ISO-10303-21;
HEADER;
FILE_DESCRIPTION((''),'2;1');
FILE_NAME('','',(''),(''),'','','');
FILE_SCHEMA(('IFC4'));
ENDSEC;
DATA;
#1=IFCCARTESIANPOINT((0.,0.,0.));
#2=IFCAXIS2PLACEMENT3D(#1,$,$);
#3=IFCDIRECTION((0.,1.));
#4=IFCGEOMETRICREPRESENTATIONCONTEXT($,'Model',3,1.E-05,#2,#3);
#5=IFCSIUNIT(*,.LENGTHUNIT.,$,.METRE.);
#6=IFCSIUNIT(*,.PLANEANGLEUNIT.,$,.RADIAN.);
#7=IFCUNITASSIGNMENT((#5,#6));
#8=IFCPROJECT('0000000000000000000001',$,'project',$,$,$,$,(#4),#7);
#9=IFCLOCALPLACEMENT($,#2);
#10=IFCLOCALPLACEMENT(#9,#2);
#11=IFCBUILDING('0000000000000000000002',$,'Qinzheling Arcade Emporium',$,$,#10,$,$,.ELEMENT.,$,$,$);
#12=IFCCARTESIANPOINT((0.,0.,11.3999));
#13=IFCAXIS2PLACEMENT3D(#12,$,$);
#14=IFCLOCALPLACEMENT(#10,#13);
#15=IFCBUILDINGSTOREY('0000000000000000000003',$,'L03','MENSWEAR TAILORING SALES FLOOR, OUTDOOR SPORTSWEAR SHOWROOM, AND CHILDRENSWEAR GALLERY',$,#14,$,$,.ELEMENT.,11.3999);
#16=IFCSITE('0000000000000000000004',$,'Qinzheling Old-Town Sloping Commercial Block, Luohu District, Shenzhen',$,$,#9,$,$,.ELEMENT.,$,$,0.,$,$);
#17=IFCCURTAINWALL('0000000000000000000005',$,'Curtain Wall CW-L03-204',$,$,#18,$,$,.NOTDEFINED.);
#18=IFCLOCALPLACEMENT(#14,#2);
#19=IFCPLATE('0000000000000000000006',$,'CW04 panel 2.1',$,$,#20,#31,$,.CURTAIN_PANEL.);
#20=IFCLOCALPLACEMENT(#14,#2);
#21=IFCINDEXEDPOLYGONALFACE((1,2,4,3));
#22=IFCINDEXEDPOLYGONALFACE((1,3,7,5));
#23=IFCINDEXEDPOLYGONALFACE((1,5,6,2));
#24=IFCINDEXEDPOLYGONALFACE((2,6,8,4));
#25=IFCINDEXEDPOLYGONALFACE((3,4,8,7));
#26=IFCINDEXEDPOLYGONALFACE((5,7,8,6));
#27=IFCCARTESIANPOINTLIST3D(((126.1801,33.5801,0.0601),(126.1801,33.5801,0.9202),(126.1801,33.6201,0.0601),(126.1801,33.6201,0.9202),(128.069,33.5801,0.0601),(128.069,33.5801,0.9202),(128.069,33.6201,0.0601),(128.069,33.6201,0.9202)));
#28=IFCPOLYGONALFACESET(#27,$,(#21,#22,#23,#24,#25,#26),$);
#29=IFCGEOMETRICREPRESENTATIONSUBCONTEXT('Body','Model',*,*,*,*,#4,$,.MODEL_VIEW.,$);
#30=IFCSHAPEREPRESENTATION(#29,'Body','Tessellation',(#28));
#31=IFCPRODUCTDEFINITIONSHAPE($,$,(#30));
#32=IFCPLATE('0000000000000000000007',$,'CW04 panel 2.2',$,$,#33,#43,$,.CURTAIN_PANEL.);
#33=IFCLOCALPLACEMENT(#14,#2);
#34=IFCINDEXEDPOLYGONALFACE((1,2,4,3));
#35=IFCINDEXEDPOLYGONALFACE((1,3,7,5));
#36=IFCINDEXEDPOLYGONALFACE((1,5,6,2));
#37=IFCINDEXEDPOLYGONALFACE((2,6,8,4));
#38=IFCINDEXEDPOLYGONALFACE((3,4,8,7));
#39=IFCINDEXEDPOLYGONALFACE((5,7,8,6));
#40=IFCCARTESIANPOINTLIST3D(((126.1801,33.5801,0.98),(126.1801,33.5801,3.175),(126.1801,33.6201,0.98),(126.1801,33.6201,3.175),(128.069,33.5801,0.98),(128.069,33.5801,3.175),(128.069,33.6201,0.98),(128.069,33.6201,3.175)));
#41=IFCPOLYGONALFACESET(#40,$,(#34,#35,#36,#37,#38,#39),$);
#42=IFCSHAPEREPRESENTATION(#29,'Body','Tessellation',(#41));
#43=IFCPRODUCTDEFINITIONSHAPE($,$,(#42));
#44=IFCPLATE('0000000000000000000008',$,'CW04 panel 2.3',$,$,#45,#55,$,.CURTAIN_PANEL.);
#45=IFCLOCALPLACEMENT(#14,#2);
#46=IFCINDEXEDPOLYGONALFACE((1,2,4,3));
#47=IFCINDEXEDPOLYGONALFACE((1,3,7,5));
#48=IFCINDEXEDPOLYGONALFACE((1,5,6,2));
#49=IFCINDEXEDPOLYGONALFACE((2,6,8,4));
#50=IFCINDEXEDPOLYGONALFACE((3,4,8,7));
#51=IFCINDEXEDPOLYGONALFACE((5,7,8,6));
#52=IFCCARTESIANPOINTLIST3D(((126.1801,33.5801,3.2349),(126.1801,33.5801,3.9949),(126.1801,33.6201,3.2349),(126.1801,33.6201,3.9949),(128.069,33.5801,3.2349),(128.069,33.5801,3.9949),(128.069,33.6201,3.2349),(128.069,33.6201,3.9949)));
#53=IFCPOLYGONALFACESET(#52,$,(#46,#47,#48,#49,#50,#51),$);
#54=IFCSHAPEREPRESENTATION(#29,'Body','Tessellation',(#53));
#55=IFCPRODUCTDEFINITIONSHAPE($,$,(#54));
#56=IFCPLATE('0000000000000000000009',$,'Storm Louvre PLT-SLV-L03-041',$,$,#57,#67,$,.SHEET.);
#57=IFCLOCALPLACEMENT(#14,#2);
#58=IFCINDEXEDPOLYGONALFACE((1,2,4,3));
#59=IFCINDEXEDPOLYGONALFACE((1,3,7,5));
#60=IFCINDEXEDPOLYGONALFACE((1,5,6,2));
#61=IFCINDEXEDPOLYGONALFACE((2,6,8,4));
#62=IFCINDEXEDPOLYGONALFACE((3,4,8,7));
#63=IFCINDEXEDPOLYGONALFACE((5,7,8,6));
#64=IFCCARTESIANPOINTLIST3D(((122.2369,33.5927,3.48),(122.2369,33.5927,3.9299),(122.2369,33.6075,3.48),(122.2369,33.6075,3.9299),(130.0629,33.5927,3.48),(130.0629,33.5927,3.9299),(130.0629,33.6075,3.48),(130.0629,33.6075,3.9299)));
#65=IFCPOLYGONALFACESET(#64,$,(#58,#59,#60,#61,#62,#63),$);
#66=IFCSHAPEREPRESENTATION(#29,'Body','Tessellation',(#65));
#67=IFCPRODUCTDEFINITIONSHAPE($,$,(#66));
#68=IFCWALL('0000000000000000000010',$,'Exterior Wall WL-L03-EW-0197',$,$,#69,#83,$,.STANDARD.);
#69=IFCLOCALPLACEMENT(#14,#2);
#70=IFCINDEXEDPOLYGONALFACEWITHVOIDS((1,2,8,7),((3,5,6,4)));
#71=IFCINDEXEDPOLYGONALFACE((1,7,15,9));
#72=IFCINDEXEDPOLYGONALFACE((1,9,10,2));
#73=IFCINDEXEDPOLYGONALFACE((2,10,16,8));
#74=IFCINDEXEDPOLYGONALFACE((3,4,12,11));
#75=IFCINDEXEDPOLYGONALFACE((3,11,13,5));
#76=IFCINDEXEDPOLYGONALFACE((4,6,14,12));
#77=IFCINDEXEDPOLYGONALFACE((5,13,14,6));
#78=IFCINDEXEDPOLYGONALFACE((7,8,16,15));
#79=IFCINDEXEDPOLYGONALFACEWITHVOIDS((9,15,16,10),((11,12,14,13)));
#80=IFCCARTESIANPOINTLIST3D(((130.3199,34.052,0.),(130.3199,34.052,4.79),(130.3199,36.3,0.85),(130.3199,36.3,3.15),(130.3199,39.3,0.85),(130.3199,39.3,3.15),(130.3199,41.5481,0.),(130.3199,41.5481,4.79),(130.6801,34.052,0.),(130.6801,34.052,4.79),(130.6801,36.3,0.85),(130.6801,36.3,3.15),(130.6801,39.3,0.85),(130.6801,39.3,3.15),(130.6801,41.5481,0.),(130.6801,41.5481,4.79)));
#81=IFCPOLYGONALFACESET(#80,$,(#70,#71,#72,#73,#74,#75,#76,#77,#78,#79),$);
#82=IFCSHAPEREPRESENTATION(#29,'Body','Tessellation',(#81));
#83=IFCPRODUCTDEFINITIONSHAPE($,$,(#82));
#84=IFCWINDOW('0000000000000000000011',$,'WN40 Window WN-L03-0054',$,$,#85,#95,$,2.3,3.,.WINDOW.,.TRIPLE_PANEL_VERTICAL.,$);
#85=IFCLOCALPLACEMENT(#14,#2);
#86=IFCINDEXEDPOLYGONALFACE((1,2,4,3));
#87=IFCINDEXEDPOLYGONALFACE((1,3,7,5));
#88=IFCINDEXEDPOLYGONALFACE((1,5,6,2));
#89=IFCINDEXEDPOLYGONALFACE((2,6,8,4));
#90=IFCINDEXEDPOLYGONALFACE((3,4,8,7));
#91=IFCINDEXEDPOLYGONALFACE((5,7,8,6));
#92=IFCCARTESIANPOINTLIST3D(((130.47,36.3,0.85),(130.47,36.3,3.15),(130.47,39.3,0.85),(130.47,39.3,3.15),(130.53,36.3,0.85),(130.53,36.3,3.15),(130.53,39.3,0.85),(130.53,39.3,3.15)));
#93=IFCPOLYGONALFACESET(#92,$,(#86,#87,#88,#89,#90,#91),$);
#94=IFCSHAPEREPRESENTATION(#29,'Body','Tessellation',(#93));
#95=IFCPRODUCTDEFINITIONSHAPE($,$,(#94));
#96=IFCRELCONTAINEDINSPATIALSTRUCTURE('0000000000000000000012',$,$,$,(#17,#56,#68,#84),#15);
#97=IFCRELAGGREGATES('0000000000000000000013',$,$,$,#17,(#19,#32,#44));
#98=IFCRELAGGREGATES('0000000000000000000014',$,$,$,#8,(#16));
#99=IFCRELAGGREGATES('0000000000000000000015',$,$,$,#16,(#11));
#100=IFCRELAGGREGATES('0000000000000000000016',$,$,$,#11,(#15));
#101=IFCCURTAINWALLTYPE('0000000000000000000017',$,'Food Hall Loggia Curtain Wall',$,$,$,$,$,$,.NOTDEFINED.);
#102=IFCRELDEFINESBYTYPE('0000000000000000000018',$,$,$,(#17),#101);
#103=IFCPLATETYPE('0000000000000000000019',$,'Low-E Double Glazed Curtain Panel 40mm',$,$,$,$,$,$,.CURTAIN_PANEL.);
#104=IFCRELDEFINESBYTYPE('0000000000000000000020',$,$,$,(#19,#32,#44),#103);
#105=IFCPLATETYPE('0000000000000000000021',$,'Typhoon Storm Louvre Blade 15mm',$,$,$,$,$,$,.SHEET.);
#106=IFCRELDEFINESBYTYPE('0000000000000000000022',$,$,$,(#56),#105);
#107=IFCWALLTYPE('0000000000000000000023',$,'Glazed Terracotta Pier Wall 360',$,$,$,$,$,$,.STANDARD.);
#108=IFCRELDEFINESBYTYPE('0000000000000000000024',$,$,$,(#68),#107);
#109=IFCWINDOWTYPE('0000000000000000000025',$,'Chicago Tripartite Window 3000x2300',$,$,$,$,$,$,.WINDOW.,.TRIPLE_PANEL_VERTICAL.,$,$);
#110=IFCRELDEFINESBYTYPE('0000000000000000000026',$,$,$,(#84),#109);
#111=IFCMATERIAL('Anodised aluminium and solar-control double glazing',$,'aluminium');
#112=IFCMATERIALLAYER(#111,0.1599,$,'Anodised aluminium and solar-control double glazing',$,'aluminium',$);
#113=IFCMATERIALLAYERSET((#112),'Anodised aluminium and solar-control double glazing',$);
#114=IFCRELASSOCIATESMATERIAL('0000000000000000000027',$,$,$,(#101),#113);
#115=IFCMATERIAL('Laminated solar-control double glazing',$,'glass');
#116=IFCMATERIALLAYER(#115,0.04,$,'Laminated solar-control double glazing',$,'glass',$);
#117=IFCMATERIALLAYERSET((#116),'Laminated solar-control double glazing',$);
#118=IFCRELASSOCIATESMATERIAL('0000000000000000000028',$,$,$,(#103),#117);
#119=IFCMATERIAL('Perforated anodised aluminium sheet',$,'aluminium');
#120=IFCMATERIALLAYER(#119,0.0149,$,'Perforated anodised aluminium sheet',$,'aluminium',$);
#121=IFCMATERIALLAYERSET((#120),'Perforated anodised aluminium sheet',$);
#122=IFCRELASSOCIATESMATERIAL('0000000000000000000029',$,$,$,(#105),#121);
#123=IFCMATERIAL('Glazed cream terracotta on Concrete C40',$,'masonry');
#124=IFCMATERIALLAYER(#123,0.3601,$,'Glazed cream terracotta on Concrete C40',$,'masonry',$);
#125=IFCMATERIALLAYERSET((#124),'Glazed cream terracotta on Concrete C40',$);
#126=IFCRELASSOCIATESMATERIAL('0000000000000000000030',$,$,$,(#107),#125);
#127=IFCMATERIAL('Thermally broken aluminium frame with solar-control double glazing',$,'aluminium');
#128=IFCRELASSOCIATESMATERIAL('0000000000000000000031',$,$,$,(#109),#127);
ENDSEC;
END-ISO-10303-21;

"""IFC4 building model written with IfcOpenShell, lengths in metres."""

from ifc_helpers import new_model, si_unit, direction, frame, frame_2d, origin, origin_2d, place, context, subcontext, project, spatial, rectangle, extrude, material, layer, layer_set, type_object, element, fill, aggregate, save


model = new_model("IFC4")

# Units and contexts
model_context = context("Model", 3, precision=1e-05, world=origin(), true_north=direction((0.0, 1.0)))
body_context = subcontext(model_context, "Body", "Model", "MODEL_VIEW")
ifc_project = project(units=[si_unit("LENGTHUNIT", "METRE"), si_unit("PLANEANGLEUNIT", "RADIAN")], contexts=[model_context])

# Site, building, storey
site_placement = place(None, origin())
site = spatial("IfcSite", under=ifc_project, at=site_placement, Name="Qinzheling Old-Town Sloping Commercial Block, Luohu District, Shenzhen", CompositionType="ELEMENT", RefElevation=0.0)
building_placement = place(site_placement, origin())
building = spatial("IfcBuilding", under=site, at=building_placement, Name="Qinzheling Arcade Emporium", CompositionType="ELEMENT")
storey_placement = place(building_placement, frame((0.0, 0.0, 11.3999)))
storey = spatial("IfcBuildingStorey", under=building, at=storey_placement, Name="L03", Description="MENSWEAR TAILORING SALES FLOOR, OUTDOOR SPORTSWEAR SHOWROOM, AND CHILDRENSWEAR GALLERY", CompositionType="ELEMENT", Elevation=11.3999)

# Curtain wall
ifc_material_1 = material(Name="Anodised aluminium and solar-control double glazing", Category="aluminium")
ifc_layer_1 = layer(ifc_material_1, 0.1599, Name="Anodised aluminium and solar-control double glazing", Category="aluminium")
ifc_layer_set_1 = layer_set([ifc_layer_1], Name="Anodised aluminium and solar-control double glazing")
curtain_wall_type = type_object("IfcCurtainWallType", Name="Food Hall Loggia Curtain Wall", PredefinedType="NOTDEFINED", material=ifc_layer_set_1)
curtain_wall_placement = place(storey_placement, origin())
curtain_wall = element("IfcCurtainWall", 1, at=curtain_wall_placement, inside=storey, type_object=curtain_wall_type, Name="Curtain Wall CW-L03-204", PredefinedType="NOTDEFINED")

# Plates
ifc_material_2 = material(Name="Laminated solar-control double glazing", Category="glass")
ifc_layer_2 = layer(ifc_material_2, 0.04, Name="Laminated solar-control double glazing", Category="glass")
ifc_layer_set_2 = layer_set([ifc_layer_2], Name="Laminated solar-control double glazing")
plate_type_1 = type_object("IfcPlateType", Name="Low-E Double Glazed Curtain Panel 40mm", PredefinedType="CURTAIN_PANEL", material=ifc_layer_set_2)
plate_1_placement = place(storey_placement, frame((127.1245, 33.6001, 0.0601), z_axis=(0.0, 0.0, 1.0), x_axis=(-1.0, 0.0, 0.0)))
plate_1 = element("IfcPlate", 2, at=plate_1_placement, type_object=plate_type_1, Name="CW04 panel 2.1", PredefinedType="CURTAIN_PANEL", context=body_context, shape_type="SweptSolid", body=[
    extrude(rectangle(XDim=1.8889, YDim=0.04, at=origin_2d()), origin(), (0.0, 0.0, 1.0), 0.8601),
])
plate_2_placement = place(storey_placement, frame((127.1245, 33.6001, 0.98), z_axis=(0.0, 0.0, 1.0), x_axis=(-1.0, 0.0, 0.0)))
plate_2 = element("IfcPlate", 3, at=plate_2_placement, type_object=plate_type_1, Name="CW04 panel 2.2", PredefinedType="CURTAIN_PANEL", context=body_context, shape_type="SweptSolid", body=[
    extrude(rectangle(XDim=1.8889, YDim=0.04, at=origin_2d()), origin(), (0.0, 0.0, 1.0), 2.1951),
])
plate_3_placement = place(storey_placement, frame((127.1245, 33.6001, 3.2349), z_axis=(0.0, 0.0, 1.0), x_axis=(-1.0, 0.0, 0.0)))
plate_3 = element("IfcPlate", 4, at=plate_3_placement, type_object=plate_type_1, Name="CW04 panel 2.3", PredefinedType="CURTAIN_PANEL", context=body_context, shape_type="SweptSolid", body=[
    extrude(rectangle(XDim=1.8889, YDim=0.04, at=origin_2d()), origin(), (0.0, 0.0, 1.0), 0.76),
])
aggregate(curtain_wall, [plate_1, plate_2, plate_3])
ifc_material_3 = material(Name="Perforated anodised aluminium sheet", Category="aluminium")
ifc_layer_3 = layer(ifc_material_3, 0.0149, Name="Perforated anodised aluminium sheet", Category="aluminium")
ifc_layer_set_3 = layer_set([ifc_layer_3], Name="Perforated anodised aluminium sheet")
plate_type_2 = type_object("IfcPlateType", Name="Typhoon Storm Louvre Blade 15mm", PredefinedType="SHEET", material=ifc_layer_set_3)
plate_4_placement = place(storey_placement, frame((126.1499, 33.6001, 3.48), z_axis=(0.0, 0.0, 1.0), x_axis=(-1.0, 0.0, 0.0)))
element("IfcPlate", 5, at=plate_4_placement, inside=storey, type_object=plate_type_2, Name="Storm Louvre PLT-SLV-L03-041", PredefinedType="SHEET", context=body_context, shape_type="SweptSolid", body=[
    extrude(rectangle(XDim=7.8259, YDim=0.0149, at=origin_2d()), origin(), (0.0, 0.0, 1.0), 0.45),
])

# Wall, opening, window
ifc_material_4 = material(Name="Glazed cream terracotta on Concrete C40", Category="masonry")
ifc_layer_4 = layer(ifc_material_4, 0.3601, Name="Glazed cream terracotta on Concrete C40", Category="masonry")
ifc_layer_set_4 = layer_set([ifc_layer_4], Name="Glazed cream terracotta on Concrete C40")
wall_type = type_object("IfcWallType", Name="Glazed Terracotta Pier Wall 360", PredefinedType="STANDARD", material=ifc_layer_set_4)
wall_placement = place(storey_placement, frame((130.5, 41.5481, 0.0), z_axis=(0.0, 0.0, 1.0), x_axis=(0.0, -1.0, 0.0)))
wall = element("IfcWall", 6, at=wall_placement, inside=storey, type_object=wall_type, Name="Exterior Wall WL-L03-EW-0197", PredefinedType="STANDARD", context=body_context, shape_type="SweptSolid", body=[
    extrude(rectangle(XDim=7.4961, YDim=0.3601, at=frame_2d((3.748, 0.0))), origin(), (0.0, 0.0, 1.0), 4.79),
])
opening_placement = place(wall_placement, frame((2.248, 0.0, 0.8501)))
opening = element("IfcOpeningElement", 7, at=opening_placement, cuts=wall, PredefinedType="OPENING", context=body_context, shape_type="SweptSolid", body=[
    extrude(rectangle(XDim=3.0, YDim=2.3, at=frame_2d((1.5, 1.1499))), frame((0.0, 0.1899, 0.0), z_axis=(0.0, -1.0, 0.0), x_axis=(1.0, 0.0, 0.0)), (0.0, 0.0, 1.0), 0.3801),
])
ifc_material_5 = material(Name="Thermally broken aluminium frame with solar-control double glazing", Category="aluminium")
window_type = type_object("IfcWindowType", Name="Chicago Tripartite Window 3000x2300", PartitioningType="TRIPLE_PANEL_VERTICAL", PredefinedType="WINDOW", material=ifc_material_5)
window_placement = place(opening_placement, origin())
window = element("IfcWindow", 8, at=window_placement, inside=storey, type_object=window_type, Name="WN40 Window WN-L03-0054", OverallHeight=2.3, OverallWidth=3.0, PartitioningType="TRIPLE_PANEL_VERTICAL", PredefinedType="WINDOW", context=body_context, shape_type="SweptSolid", body=[
    extrude(rectangle(XDim=3.0, YDim=2.3, at=frame_2d((1.5, 1.1499))), frame((0.0, 0.03, 0.0), z_axis=(0.0, -1.0, 0.0), x_axis=(1.0, 0.0, 0.0)), (0.0, 0.0, 1.0), 0.0601),
])
fill(opening, window)

save(model, "model.ifc")
